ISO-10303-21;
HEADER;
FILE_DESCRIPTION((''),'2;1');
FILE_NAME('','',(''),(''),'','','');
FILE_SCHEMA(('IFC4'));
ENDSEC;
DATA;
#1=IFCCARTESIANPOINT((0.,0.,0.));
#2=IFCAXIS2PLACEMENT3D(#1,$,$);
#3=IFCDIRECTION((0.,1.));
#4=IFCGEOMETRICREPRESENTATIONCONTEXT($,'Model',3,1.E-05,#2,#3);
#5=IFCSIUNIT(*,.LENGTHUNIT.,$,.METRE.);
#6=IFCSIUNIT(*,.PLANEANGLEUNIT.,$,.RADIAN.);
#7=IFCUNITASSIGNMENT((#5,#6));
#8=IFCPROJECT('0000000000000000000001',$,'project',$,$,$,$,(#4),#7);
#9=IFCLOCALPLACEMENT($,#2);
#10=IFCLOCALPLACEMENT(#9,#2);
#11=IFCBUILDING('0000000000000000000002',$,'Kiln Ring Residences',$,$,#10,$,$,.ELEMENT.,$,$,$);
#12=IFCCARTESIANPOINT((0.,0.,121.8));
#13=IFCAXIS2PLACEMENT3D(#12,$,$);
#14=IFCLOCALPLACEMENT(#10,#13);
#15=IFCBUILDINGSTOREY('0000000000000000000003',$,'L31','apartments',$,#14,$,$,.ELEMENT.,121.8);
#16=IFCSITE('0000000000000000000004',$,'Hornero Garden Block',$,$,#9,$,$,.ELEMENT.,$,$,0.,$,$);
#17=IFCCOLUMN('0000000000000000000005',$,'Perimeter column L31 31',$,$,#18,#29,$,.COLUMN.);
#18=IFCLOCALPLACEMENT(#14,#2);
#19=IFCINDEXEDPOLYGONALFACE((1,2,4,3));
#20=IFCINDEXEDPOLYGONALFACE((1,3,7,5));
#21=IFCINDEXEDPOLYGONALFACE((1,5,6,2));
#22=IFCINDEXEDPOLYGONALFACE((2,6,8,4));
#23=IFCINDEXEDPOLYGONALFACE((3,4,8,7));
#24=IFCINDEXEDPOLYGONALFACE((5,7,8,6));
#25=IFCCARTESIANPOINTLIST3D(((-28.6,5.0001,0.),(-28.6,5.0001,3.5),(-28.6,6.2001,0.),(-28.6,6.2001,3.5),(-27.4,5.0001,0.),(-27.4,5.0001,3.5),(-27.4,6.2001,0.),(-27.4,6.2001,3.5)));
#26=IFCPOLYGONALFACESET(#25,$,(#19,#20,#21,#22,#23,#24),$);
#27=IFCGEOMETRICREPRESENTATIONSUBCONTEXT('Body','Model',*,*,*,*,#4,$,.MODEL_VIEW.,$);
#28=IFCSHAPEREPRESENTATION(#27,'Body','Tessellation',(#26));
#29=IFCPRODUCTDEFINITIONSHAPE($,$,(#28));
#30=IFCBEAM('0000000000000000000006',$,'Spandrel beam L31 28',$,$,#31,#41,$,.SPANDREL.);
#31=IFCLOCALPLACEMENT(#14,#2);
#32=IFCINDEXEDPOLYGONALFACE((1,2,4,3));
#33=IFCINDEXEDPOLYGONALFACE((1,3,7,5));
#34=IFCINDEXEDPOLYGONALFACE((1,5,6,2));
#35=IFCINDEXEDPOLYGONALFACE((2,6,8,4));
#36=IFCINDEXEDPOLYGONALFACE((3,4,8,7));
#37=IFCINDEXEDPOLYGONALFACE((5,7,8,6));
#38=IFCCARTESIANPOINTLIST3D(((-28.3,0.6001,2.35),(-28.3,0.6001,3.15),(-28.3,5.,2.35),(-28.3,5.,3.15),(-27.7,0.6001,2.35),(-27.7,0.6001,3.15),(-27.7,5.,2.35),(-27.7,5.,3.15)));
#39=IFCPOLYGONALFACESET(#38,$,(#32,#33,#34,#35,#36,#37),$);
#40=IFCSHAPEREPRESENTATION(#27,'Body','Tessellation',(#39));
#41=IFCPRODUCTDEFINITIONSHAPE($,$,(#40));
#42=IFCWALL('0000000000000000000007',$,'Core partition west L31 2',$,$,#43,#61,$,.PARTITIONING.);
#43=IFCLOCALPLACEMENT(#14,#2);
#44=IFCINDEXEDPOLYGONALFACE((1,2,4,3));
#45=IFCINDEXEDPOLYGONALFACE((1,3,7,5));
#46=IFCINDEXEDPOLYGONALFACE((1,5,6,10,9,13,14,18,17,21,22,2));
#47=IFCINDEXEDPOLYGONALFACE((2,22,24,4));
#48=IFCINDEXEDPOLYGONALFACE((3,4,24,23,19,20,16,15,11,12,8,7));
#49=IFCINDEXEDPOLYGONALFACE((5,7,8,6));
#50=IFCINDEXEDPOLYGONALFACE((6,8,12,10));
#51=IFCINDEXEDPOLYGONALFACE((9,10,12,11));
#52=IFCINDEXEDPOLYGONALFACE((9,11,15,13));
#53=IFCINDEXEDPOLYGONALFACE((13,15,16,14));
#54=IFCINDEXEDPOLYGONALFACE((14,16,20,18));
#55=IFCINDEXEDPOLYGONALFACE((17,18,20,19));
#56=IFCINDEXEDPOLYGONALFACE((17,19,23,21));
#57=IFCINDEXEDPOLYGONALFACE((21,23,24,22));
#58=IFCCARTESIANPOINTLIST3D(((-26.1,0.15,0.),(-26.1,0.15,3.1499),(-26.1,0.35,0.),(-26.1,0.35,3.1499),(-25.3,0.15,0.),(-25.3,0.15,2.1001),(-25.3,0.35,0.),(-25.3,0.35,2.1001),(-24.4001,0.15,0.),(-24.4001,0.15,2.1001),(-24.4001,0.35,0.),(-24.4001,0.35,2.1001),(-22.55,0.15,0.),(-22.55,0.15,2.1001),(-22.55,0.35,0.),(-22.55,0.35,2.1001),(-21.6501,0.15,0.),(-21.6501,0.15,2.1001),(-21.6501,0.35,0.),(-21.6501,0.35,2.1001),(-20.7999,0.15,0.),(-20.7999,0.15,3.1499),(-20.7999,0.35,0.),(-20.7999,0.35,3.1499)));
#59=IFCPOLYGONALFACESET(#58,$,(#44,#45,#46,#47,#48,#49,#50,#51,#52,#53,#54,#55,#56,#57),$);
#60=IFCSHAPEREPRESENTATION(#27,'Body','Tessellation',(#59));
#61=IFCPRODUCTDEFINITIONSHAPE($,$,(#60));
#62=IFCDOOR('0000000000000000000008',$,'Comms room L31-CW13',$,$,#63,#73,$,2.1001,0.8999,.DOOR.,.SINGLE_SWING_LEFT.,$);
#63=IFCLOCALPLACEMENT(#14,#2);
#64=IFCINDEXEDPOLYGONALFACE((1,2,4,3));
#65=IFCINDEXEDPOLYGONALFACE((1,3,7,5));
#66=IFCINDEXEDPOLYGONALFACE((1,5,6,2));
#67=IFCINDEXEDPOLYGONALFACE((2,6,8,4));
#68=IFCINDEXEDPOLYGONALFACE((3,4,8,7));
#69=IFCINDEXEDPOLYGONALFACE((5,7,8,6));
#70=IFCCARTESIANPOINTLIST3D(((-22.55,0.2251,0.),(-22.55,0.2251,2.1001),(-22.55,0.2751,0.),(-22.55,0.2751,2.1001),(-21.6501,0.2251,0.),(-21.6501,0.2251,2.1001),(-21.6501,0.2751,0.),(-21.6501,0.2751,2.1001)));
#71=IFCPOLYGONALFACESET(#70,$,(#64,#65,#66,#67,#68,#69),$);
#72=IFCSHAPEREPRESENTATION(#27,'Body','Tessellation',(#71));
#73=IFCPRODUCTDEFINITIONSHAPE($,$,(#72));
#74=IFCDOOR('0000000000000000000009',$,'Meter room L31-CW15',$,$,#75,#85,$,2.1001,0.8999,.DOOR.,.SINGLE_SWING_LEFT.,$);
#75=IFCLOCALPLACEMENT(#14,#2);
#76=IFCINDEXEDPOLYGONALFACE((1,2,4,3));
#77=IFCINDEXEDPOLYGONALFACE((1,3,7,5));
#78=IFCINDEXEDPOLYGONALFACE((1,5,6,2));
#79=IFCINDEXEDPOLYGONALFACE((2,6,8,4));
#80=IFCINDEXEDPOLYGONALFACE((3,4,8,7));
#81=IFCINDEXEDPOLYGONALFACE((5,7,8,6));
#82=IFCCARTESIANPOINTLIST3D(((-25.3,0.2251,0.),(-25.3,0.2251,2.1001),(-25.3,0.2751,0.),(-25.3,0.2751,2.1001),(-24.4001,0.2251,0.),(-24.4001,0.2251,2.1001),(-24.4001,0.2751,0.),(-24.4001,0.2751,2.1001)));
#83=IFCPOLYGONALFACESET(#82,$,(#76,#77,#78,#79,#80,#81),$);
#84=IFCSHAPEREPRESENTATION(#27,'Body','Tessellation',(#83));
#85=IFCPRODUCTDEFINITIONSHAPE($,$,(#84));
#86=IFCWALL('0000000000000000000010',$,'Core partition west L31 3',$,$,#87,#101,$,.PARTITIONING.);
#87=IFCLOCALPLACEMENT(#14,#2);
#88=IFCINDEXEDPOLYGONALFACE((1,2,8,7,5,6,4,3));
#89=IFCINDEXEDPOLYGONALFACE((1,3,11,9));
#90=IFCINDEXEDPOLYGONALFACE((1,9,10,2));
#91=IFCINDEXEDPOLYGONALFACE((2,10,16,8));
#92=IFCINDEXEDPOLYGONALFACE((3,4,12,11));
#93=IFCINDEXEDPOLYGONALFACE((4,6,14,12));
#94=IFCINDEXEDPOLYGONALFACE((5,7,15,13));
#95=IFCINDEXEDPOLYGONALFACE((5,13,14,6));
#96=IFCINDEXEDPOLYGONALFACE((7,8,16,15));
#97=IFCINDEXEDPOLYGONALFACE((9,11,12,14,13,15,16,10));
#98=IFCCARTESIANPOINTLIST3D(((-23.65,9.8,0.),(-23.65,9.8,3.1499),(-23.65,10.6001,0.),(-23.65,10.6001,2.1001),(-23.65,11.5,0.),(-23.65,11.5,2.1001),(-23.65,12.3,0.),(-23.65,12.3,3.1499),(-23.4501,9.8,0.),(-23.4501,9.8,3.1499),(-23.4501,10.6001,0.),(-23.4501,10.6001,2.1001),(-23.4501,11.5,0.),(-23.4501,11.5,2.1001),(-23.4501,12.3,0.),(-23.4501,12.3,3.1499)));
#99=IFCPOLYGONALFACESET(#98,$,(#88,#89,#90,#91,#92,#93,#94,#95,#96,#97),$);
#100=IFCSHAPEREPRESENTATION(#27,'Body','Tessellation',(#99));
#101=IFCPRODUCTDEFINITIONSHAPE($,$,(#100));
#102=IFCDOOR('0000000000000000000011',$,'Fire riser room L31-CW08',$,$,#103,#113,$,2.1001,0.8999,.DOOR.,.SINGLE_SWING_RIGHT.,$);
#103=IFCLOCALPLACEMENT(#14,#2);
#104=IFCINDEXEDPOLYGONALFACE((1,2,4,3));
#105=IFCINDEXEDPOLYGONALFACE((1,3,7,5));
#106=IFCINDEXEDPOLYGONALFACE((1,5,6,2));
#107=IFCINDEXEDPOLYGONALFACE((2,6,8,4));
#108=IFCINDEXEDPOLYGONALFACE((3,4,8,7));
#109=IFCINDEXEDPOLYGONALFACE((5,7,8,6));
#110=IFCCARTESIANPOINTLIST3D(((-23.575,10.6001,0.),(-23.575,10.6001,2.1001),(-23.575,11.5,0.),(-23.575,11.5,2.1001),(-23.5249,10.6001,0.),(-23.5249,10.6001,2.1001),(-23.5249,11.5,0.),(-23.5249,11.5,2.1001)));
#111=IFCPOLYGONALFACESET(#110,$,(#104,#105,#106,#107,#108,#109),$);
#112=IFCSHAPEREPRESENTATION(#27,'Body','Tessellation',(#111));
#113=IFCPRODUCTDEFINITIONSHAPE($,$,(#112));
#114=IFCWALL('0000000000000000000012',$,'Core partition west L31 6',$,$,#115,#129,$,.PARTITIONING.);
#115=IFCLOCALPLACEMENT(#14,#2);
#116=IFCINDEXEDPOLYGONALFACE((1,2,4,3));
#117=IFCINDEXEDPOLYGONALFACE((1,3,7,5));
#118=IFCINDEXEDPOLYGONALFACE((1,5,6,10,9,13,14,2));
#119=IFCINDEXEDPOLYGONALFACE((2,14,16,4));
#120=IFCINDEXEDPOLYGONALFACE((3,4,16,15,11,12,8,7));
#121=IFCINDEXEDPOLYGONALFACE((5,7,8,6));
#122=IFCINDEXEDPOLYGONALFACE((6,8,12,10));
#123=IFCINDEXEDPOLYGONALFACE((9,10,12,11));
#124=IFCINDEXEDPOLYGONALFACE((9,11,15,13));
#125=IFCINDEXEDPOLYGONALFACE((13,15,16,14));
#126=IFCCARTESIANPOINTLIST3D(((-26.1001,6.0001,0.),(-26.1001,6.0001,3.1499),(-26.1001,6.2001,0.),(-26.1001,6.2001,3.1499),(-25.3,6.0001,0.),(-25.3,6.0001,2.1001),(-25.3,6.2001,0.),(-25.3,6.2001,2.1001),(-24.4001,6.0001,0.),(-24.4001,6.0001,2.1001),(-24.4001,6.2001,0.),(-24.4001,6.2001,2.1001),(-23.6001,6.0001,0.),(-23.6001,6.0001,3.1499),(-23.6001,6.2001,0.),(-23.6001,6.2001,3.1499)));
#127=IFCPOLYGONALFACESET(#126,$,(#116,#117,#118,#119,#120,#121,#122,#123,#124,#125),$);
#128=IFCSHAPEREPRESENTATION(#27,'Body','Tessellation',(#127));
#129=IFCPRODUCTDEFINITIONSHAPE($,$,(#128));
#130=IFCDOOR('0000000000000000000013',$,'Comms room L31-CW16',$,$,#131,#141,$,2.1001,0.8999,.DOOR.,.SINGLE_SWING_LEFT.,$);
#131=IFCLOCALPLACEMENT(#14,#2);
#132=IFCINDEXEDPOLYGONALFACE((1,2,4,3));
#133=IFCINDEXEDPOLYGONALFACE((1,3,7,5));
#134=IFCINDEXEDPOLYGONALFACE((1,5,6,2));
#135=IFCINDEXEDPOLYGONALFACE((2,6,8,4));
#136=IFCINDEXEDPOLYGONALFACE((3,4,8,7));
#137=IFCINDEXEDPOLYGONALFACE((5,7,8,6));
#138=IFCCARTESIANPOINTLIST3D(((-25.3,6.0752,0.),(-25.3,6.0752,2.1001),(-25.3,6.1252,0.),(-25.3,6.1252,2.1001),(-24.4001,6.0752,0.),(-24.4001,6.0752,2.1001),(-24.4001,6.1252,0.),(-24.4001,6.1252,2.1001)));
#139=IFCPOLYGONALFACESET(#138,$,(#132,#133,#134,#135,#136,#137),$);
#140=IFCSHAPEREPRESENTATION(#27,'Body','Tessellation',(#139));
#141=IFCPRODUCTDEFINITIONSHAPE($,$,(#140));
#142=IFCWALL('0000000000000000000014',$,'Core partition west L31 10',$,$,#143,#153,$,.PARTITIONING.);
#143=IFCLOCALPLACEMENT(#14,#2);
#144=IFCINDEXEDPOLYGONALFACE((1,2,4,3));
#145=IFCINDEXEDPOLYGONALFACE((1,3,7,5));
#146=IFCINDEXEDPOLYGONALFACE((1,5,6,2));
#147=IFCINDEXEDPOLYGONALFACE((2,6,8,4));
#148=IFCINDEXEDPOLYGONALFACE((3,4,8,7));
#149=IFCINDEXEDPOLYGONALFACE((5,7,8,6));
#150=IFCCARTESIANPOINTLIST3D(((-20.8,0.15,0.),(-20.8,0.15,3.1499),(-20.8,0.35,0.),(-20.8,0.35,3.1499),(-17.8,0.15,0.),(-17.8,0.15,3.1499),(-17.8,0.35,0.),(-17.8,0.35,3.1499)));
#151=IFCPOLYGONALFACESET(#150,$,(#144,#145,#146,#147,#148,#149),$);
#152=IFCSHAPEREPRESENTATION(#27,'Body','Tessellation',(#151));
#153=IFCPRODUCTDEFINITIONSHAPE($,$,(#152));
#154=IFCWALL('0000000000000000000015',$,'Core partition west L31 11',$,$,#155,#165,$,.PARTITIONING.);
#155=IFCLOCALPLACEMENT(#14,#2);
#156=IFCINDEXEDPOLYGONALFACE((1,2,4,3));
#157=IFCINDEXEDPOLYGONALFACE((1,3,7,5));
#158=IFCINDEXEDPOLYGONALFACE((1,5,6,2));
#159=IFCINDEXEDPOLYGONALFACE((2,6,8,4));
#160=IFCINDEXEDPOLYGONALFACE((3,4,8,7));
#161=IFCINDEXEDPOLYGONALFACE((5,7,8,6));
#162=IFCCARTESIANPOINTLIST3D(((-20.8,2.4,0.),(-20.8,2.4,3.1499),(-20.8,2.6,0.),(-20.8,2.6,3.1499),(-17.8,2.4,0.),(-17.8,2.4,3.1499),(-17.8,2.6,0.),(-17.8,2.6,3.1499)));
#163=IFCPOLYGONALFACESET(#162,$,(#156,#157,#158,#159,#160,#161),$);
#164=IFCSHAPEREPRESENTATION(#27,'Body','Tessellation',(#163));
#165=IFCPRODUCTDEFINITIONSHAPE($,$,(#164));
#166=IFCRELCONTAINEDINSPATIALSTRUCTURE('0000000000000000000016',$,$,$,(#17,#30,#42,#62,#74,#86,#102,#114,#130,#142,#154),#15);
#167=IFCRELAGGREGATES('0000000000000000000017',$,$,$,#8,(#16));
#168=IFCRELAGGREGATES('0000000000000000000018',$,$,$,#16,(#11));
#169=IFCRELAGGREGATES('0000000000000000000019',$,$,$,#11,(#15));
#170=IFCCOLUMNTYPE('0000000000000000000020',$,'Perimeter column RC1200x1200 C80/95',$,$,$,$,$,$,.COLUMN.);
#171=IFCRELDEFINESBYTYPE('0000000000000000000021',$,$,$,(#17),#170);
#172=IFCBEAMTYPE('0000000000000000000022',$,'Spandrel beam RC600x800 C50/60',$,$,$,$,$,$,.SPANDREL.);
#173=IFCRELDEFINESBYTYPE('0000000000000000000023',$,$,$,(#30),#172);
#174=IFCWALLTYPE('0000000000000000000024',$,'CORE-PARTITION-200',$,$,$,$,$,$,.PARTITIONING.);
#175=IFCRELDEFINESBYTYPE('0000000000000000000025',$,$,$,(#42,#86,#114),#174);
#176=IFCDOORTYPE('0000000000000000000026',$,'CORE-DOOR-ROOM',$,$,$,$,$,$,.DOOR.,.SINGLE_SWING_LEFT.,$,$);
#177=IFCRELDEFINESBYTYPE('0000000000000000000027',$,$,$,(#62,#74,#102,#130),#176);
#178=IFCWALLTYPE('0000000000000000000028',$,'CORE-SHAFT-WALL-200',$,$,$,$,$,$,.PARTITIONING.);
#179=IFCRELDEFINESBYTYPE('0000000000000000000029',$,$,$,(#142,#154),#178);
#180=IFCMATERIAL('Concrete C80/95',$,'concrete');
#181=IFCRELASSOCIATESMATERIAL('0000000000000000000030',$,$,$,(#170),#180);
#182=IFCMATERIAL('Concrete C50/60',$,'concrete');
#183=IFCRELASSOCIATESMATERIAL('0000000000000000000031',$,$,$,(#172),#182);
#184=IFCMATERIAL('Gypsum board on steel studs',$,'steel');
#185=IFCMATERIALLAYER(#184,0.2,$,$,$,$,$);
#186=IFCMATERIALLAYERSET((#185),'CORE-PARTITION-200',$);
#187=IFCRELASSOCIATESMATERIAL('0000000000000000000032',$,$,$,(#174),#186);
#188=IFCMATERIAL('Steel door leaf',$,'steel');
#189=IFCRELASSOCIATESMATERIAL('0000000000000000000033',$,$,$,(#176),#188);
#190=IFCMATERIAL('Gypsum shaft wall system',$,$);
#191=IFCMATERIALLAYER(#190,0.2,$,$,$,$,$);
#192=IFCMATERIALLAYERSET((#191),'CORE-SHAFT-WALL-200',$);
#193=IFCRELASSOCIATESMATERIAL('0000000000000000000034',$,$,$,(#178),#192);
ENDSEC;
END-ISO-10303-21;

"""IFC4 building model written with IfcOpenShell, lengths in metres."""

from ifc_helpers import new_model, si_unit, direction, frame, frame_2d, origin, origin_2d, place, context, subcontext, project, spatial, rectangle, extrude, material, layer, layer_set, material_profile, profile_set, type_object, element, fill, save


model = new_model("IFC4")

# Units and contexts
model_context = context("Model", 3, precision=1e-05, world=origin(), true_north=direction((0.0, 1.0)))
body_context = subcontext(model_context, "Body", "Model", "MODEL_VIEW")
ifc_project = project(units=[si_unit("LENGTHUNIT", "METRE"), si_unit("PLANEANGLEUNIT", "RADIAN")], contexts=[model_context])

# Site, building, storey
site_placement = place(None, origin())
site = spatial("IfcSite", under=ifc_project, at=site_placement, Name="Hornero Garden Block", CompositionType="ELEMENT", RefElevation=0.0)
building_placement = place(site_placement, origin())
building = spatial("IfcBuilding", under=site, at=building_placement, Name="Kiln Ring Residences", CompositionType="ELEMENT")
storey_placement = place(building_placement, frame((0.0, 0.0, 121.8)))
storey = spatial("IfcBuildingStorey", under=building, at=storey_placement, Name="L31", Description="apartments", CompositionType="ELEMENT", Elevation=121.8)

# Column
ifc_material_1 = material(Name="Concrete C80/95", Category="concrete")
ifc_material_profile_1 = material_profile(ifc_material_1, rectangle(XDim=1.2, YDim=1.2, at=origin_2d()), Name="RC1200x1200")
ifc_profile_set_1 = profile_set([ifc_material_profile_1], Name="Concrete C80/95")
column_type = type_object("IfcColumnType", Name="Perimeter column RC1200x1200 C80/95", PredefinedType="COLUMN", material=ifc_profile_set_1)
column_placement = place(storey_placement, frame((-28.0, 5.6001, 0.0), z_axis=(0.0, 0.0, 1.0), x_axis=(1.0, 0.0, 0.0)))
element("IfcColumn", 1, at=column_placement, inside=storey, type_object=column_type, Name="Perimeter column L31 31", PredefinedType="COLUMN", context=body_context, shape_type="SweptSolid", body=[
    extrude(rectangle(XDim=1.2, YDim=1.2, at=origin_2d()), origin(), (0.0, 0.0, 1.0), 3.5),
])

# Beam
ifc_material_2 = material(Name="Concrete C50/60", Category="concrete")
ifc_material_profile_2 = material_profile(ifc_material_2, rectangle(XDim=0.6001, YDim=0.8, at=origin_2d()), Name="RC600x800")
ifc_profile_set_2 = profile_set([ifc_material_profile_2], Name="Concrete C50/60")
beam_type = type_object("IfcBeamType", Name="Spandrel beam RC600x800 C50/60", PredefinedType="SPANDREL", material=ifc_profile_set_2)
beam_placement = place(storey_placement, frame((-28.0, 5.0, 2.75), z_axis=(0.0, -1.0, 0.0), x_axis=(1.0, 0.0, 0.0)))
element("IfcBeam", 2, at=beam_placement, inside=storey, type_object=beam_type, Name="Spandrel beam L31 28", PredefinedType="SPANDREL", context=body_context, shape_type="SweptSolid", body=[
    extrude(rectangle(XDim=0.6001, YDim=0.8, at=origin_2d()), origin(), (0.0, 0.0, 1.0), 4.3999),
])

# Wall, openings, doors
ifc_material_3 = material(Name="Gypsum board on steel studs", Category="steel")
ifc_layer_1 = layer(ifc_material_3, 0.2)
ifc_layer_set_1 = layer_set([ifc_layer_1], Name="CORE-PARTITION-200")
wall_type_1 = type_object("IfcWallType", Name="CORE-PARTITION-200", PredefinedType="PARTITIONING", material=ifc_layer_set_1)
wall_1_placement = place(storey_placement, frame((-20.8, 0.25, 0.0), z_axis=(0.0, 0.0, 1.0), x_axis=(-1.0, 0.0, 0.0)))
wall_1 = element("IfcWall", 3, at=wall_1_placement, inside=storey, type_object=wall_type_1, Name="Core partition west L31 2", PredefinedType="PARTITIONING", context=body_context, shape_type="SweptSolid", body=[
    extrude(rectangle(XDim=5.3, YDim=0.2, at=frame_2d((2.6499, 0.0))), origin(), (0.0, 0.0, 1.0), 3.1499),
])
opening_1_placement = place(wall_1_placement, frame((0.8501, 0.0, 0.0)))
opening_1 = element("IfcOpeningElement", 4, at=opening_1_placement, cuts=wall_1, PredefinedType="OPENING", context=body_context, shape_type="SweptSolid", body=[
    extrude(rectangle(XDim=0.8999, YDim=2.1001, at=frame_2d((0.45, 1.05))), frame((0.0, 0.1099, 0.0), z_axis=(0.0, -1.0, 0.0), x_axis=(1.0, 0.0, 0.0)), (0.0, 0.0, 1.0), 0.22),
])
opening_2_placement = place(wall_1_placement, frame((3.6001, 0.0, 0.0)))
opening_2 = element("IfcOpeningElement", 5, at=opening_2_placement, cuts=wall_1, PredefinedType="OPENING", context=body_context, shape_type="SweptSolid", body=[
    extrude(rectangle(XDim=0.8999, YDim=2.1001, at=frame_2d((0.45, 1.05))), frame((0.0, 0.1099, 0.0), z_axis=(0.0, -1.0, 0.0), x_axis=(1.0, 0.0, 0.0)), (0.0, 0.0, 1.0), 0.22),
])
ifc_material_4 = material(Name="Steel door leaf", Category="steel")
door_type_1 = type_object("IfcDoorType", Name="CORE-DOOR-ROOM", OperationType="SINGLE_SWING_LEFT", PredefinedType="DOOR", material=ifc_material_4)
door_1_placement = place(opening_1_placement, origin())
door_1 = element("IfcDoor", 6, at=door_1_placement, inside=storey, type_object=door_type_1, Name="Comms room L31-CW13", OperationType="SINGLE_SWING_LEFT", OverallHeight=2.1001, OverallWidth=0.8999, PredefinedType="DOOR", context=body_context, shape_type="SweptSolid", body=[
    extrude(rectangle(XDim=0.8999, YDim=2.1001, at=frame_2d((0.45, 1.05))), frame((0.0, 0.0249, 0.0), z_axis=(0.0, -1.0, 0.0), x_axis=(1.0, 0.0, 0.0)), (0.0, 0.0, 1.0), 0.05),
])
fill(opening_1, door_1)
door_2_placement = place(opening_2_placement, origin())
door_2 = element("IfcDoor", 7, at=door_2_placement, inside=storey, type_object=door_type_1, Name="Meter room L31-CW15", OperationType="SINGLE_SWING_LEFT", OverallHeight=2.1001, OverallWidth=0.8999, PredefinedType="DOOR", context=body_context, shape_type="SweptSolid", body=[
    extrude(rectangle(XDim=0.8999, YDim=2.1001, at=frame_2d((0.45, 1.05))), frame((0.0, 0.0249, 0.0), z_axis=(0.0, -1.0, 0.0), x_axis=(1.0, 0.0, 0.0)), (0.0, 0.0, 1.0), 0.05),
])
fill(opening_2, door_2)

# Walls, openings, doors
wall_2_placement = place(storey_placement, frame((-23.55, 9.8, 0.0), z_axis=(0.0, 0.0, 1.0), x_axis=(0.0, 1.0, 0.0)))
wall_2 = element("IfcWall", 8, at=wall_2_placement, inside=storey, type_object=wall_type_1, Name="Core partition west L31 3", PredefinedType="PARTITIONING", context=body_context, shape_type="SweptSolid", body=[
    extrude(rectangle(XDim=2.5, YDim=0.2, at=frame_2d((1.25, 0.0))), origin(), (0.0, 0.0, 1.0), 3.1499),
])
opening_3_placement = place(wall_2_placement, frame((0.8, 0.0, 0.0)))
opening_3 = element("IfcOpeningElement", 9, at=opening_3_placement, cuts=wall_2, PredefinedType="OPENING", context=body_context, shape_type="SweptSolid", body=[
    extrude(rectangle(XDim=0.8999, YDim=2.1001, at=frame_2d((0.45, 1.05))), frame((0.0, 0.1099, 0.0), z_axis=(0.0, -1.0, 0.0), x_axis=(1.0, 0.0, 0.0)), (0.0, 0.0, 1.0), 0.22),
])
door_3_placement = place(opening_3_placement, origin())
door_3 = element("IfcDoor", 10, at=door_3_placement, inside=storey, type_object=door_type_1, Name="Fire riser room L31-CW08", OperationType="SINGLE_SWING_RIGHT", OverallHeight=2.1001, OverallWidth=0.8999, PredefinedType="DOOR", context=body_context, shape_type="SweptSolid", body=[
    extrude(rectangle(XDim=0.8999, YDim=2.1001, at=frame_2d((0.45, 1.05))), frame((0.0, 0.0249, 0.0), z_axis=(0.0, -1.0, 0.0), x_axis=(1.0, 0.0, 0.0)), (0.0, 0.0, 1.0), 0.05),
])
fill(opening_3, door_3)
wall_3_placement = place(storey_placement, frame((-23.6001, 6.1001, 0.0), z_axis=(0.0, 0.0, 1.0), x_axis=(-1.0, 0.0, 0.0)))
wall_3 = element("IfcWall", 11, at=wall_3_placement, inside=storey, type_object=wall_type_1, Name="Core partition west L31 6", PredefinedType="PARTITIONING", context=body_context, shape_type="SweptSolid", body=[
    extrude(rectangle(XDim=2.5, YDim=0.2, at=frame_2d((1.25, 0.0))), origin(), (0.0, 0.0, 1.0), 3.1499),
])
opening_4_placement = place(wall_3_placement, frame((0.8, 0.0, 0.0)))
opening_4 = element("IfcOpeningElement", 12, at=opening_4_placement, cuts=wall_3, PredefinedType="OPENING", context=body_context, shape_type="SweptSolid", body=[
    extrude(rectangle(XDim=0.8999, YDim=2.1001, at=frame_2d((0.45, 1.05))), frame((0.0, 0.1099, 0.0), z_axis=(0.0, -1.0, 0.0), x_axis=(1.0, 0.0, 0.0)), (0.0, 0.0, 1.0), 0.22),
])
door_4_placement = place(opening_4_placement, origin())
door_4 = element("IfcDoor", 13, at=door_4_placement, inside=storey, type_object=door_type_1, Name="Comms room L31-CW16", OperationType="SINGLE_SWING_LEFT", OverallHeight=2.1001, OverallWidth=0.8999, PredefinedType="DOOR", context=body_context, shape_type="SweptSolid", body=[
    extrude(rectangle(XDim=0.8999, YDim=2.1001, at=frame_2d((0.45, 1.05))), frame((0.0, 0.0249, 0.0), z_axis=(0.0, -1.0, 0.0), x_axis=(1.0, 0.0, 0.0)), (0.0, 0.0, 1.0), 0.05),
])
fill(opening_4, door_4)

# Walls
ifc_material_5 = material(Name="Gypsum shaft wall system")
ifc_layer_2 = layer(ifc_material_5, 0.2)
ifc_layer_set_2 = layer_set([ifc_layer_2], Name="CORE-SHAFT-WALL-200")
wall_type_2 = type_object("IfcWallType", Name="CORE-SHAFT-WALL-200", PredefinedType="PARTITIONING", material=ifc_layer_set_2)
for number, where, z_axis, x_axis, name in (
    (14, (-17.8, 0.25, 0.0), (0.0, 0.0, 1.0), (-1.0, 0.0, 0.0), "Core partition west L31 10"),
    (15, (-17.8, 2.5, 0.0), (0.0, 0.0, 1.0), (-1.0, 0.0, 0.0), "Core partition west L31 11"),
):
    element("IfcWall", number, at=place(storey_placement, frame(where, z_axis=z_axis, x_axis=x_axis)), inside=storey, type_object=wall_type_2, Name=name, PredefinedType="PARTITIONING", context=body_context, shape_type="SweptSolid", body=[
        extrude(rectangle(XDim=3.0, YDim=0.2, at=frame_2d((1.5, 0.0))), origin(), (0.0, 0.0, 1.0), 3.1499),
    ])

save(model, "model.ifc")
